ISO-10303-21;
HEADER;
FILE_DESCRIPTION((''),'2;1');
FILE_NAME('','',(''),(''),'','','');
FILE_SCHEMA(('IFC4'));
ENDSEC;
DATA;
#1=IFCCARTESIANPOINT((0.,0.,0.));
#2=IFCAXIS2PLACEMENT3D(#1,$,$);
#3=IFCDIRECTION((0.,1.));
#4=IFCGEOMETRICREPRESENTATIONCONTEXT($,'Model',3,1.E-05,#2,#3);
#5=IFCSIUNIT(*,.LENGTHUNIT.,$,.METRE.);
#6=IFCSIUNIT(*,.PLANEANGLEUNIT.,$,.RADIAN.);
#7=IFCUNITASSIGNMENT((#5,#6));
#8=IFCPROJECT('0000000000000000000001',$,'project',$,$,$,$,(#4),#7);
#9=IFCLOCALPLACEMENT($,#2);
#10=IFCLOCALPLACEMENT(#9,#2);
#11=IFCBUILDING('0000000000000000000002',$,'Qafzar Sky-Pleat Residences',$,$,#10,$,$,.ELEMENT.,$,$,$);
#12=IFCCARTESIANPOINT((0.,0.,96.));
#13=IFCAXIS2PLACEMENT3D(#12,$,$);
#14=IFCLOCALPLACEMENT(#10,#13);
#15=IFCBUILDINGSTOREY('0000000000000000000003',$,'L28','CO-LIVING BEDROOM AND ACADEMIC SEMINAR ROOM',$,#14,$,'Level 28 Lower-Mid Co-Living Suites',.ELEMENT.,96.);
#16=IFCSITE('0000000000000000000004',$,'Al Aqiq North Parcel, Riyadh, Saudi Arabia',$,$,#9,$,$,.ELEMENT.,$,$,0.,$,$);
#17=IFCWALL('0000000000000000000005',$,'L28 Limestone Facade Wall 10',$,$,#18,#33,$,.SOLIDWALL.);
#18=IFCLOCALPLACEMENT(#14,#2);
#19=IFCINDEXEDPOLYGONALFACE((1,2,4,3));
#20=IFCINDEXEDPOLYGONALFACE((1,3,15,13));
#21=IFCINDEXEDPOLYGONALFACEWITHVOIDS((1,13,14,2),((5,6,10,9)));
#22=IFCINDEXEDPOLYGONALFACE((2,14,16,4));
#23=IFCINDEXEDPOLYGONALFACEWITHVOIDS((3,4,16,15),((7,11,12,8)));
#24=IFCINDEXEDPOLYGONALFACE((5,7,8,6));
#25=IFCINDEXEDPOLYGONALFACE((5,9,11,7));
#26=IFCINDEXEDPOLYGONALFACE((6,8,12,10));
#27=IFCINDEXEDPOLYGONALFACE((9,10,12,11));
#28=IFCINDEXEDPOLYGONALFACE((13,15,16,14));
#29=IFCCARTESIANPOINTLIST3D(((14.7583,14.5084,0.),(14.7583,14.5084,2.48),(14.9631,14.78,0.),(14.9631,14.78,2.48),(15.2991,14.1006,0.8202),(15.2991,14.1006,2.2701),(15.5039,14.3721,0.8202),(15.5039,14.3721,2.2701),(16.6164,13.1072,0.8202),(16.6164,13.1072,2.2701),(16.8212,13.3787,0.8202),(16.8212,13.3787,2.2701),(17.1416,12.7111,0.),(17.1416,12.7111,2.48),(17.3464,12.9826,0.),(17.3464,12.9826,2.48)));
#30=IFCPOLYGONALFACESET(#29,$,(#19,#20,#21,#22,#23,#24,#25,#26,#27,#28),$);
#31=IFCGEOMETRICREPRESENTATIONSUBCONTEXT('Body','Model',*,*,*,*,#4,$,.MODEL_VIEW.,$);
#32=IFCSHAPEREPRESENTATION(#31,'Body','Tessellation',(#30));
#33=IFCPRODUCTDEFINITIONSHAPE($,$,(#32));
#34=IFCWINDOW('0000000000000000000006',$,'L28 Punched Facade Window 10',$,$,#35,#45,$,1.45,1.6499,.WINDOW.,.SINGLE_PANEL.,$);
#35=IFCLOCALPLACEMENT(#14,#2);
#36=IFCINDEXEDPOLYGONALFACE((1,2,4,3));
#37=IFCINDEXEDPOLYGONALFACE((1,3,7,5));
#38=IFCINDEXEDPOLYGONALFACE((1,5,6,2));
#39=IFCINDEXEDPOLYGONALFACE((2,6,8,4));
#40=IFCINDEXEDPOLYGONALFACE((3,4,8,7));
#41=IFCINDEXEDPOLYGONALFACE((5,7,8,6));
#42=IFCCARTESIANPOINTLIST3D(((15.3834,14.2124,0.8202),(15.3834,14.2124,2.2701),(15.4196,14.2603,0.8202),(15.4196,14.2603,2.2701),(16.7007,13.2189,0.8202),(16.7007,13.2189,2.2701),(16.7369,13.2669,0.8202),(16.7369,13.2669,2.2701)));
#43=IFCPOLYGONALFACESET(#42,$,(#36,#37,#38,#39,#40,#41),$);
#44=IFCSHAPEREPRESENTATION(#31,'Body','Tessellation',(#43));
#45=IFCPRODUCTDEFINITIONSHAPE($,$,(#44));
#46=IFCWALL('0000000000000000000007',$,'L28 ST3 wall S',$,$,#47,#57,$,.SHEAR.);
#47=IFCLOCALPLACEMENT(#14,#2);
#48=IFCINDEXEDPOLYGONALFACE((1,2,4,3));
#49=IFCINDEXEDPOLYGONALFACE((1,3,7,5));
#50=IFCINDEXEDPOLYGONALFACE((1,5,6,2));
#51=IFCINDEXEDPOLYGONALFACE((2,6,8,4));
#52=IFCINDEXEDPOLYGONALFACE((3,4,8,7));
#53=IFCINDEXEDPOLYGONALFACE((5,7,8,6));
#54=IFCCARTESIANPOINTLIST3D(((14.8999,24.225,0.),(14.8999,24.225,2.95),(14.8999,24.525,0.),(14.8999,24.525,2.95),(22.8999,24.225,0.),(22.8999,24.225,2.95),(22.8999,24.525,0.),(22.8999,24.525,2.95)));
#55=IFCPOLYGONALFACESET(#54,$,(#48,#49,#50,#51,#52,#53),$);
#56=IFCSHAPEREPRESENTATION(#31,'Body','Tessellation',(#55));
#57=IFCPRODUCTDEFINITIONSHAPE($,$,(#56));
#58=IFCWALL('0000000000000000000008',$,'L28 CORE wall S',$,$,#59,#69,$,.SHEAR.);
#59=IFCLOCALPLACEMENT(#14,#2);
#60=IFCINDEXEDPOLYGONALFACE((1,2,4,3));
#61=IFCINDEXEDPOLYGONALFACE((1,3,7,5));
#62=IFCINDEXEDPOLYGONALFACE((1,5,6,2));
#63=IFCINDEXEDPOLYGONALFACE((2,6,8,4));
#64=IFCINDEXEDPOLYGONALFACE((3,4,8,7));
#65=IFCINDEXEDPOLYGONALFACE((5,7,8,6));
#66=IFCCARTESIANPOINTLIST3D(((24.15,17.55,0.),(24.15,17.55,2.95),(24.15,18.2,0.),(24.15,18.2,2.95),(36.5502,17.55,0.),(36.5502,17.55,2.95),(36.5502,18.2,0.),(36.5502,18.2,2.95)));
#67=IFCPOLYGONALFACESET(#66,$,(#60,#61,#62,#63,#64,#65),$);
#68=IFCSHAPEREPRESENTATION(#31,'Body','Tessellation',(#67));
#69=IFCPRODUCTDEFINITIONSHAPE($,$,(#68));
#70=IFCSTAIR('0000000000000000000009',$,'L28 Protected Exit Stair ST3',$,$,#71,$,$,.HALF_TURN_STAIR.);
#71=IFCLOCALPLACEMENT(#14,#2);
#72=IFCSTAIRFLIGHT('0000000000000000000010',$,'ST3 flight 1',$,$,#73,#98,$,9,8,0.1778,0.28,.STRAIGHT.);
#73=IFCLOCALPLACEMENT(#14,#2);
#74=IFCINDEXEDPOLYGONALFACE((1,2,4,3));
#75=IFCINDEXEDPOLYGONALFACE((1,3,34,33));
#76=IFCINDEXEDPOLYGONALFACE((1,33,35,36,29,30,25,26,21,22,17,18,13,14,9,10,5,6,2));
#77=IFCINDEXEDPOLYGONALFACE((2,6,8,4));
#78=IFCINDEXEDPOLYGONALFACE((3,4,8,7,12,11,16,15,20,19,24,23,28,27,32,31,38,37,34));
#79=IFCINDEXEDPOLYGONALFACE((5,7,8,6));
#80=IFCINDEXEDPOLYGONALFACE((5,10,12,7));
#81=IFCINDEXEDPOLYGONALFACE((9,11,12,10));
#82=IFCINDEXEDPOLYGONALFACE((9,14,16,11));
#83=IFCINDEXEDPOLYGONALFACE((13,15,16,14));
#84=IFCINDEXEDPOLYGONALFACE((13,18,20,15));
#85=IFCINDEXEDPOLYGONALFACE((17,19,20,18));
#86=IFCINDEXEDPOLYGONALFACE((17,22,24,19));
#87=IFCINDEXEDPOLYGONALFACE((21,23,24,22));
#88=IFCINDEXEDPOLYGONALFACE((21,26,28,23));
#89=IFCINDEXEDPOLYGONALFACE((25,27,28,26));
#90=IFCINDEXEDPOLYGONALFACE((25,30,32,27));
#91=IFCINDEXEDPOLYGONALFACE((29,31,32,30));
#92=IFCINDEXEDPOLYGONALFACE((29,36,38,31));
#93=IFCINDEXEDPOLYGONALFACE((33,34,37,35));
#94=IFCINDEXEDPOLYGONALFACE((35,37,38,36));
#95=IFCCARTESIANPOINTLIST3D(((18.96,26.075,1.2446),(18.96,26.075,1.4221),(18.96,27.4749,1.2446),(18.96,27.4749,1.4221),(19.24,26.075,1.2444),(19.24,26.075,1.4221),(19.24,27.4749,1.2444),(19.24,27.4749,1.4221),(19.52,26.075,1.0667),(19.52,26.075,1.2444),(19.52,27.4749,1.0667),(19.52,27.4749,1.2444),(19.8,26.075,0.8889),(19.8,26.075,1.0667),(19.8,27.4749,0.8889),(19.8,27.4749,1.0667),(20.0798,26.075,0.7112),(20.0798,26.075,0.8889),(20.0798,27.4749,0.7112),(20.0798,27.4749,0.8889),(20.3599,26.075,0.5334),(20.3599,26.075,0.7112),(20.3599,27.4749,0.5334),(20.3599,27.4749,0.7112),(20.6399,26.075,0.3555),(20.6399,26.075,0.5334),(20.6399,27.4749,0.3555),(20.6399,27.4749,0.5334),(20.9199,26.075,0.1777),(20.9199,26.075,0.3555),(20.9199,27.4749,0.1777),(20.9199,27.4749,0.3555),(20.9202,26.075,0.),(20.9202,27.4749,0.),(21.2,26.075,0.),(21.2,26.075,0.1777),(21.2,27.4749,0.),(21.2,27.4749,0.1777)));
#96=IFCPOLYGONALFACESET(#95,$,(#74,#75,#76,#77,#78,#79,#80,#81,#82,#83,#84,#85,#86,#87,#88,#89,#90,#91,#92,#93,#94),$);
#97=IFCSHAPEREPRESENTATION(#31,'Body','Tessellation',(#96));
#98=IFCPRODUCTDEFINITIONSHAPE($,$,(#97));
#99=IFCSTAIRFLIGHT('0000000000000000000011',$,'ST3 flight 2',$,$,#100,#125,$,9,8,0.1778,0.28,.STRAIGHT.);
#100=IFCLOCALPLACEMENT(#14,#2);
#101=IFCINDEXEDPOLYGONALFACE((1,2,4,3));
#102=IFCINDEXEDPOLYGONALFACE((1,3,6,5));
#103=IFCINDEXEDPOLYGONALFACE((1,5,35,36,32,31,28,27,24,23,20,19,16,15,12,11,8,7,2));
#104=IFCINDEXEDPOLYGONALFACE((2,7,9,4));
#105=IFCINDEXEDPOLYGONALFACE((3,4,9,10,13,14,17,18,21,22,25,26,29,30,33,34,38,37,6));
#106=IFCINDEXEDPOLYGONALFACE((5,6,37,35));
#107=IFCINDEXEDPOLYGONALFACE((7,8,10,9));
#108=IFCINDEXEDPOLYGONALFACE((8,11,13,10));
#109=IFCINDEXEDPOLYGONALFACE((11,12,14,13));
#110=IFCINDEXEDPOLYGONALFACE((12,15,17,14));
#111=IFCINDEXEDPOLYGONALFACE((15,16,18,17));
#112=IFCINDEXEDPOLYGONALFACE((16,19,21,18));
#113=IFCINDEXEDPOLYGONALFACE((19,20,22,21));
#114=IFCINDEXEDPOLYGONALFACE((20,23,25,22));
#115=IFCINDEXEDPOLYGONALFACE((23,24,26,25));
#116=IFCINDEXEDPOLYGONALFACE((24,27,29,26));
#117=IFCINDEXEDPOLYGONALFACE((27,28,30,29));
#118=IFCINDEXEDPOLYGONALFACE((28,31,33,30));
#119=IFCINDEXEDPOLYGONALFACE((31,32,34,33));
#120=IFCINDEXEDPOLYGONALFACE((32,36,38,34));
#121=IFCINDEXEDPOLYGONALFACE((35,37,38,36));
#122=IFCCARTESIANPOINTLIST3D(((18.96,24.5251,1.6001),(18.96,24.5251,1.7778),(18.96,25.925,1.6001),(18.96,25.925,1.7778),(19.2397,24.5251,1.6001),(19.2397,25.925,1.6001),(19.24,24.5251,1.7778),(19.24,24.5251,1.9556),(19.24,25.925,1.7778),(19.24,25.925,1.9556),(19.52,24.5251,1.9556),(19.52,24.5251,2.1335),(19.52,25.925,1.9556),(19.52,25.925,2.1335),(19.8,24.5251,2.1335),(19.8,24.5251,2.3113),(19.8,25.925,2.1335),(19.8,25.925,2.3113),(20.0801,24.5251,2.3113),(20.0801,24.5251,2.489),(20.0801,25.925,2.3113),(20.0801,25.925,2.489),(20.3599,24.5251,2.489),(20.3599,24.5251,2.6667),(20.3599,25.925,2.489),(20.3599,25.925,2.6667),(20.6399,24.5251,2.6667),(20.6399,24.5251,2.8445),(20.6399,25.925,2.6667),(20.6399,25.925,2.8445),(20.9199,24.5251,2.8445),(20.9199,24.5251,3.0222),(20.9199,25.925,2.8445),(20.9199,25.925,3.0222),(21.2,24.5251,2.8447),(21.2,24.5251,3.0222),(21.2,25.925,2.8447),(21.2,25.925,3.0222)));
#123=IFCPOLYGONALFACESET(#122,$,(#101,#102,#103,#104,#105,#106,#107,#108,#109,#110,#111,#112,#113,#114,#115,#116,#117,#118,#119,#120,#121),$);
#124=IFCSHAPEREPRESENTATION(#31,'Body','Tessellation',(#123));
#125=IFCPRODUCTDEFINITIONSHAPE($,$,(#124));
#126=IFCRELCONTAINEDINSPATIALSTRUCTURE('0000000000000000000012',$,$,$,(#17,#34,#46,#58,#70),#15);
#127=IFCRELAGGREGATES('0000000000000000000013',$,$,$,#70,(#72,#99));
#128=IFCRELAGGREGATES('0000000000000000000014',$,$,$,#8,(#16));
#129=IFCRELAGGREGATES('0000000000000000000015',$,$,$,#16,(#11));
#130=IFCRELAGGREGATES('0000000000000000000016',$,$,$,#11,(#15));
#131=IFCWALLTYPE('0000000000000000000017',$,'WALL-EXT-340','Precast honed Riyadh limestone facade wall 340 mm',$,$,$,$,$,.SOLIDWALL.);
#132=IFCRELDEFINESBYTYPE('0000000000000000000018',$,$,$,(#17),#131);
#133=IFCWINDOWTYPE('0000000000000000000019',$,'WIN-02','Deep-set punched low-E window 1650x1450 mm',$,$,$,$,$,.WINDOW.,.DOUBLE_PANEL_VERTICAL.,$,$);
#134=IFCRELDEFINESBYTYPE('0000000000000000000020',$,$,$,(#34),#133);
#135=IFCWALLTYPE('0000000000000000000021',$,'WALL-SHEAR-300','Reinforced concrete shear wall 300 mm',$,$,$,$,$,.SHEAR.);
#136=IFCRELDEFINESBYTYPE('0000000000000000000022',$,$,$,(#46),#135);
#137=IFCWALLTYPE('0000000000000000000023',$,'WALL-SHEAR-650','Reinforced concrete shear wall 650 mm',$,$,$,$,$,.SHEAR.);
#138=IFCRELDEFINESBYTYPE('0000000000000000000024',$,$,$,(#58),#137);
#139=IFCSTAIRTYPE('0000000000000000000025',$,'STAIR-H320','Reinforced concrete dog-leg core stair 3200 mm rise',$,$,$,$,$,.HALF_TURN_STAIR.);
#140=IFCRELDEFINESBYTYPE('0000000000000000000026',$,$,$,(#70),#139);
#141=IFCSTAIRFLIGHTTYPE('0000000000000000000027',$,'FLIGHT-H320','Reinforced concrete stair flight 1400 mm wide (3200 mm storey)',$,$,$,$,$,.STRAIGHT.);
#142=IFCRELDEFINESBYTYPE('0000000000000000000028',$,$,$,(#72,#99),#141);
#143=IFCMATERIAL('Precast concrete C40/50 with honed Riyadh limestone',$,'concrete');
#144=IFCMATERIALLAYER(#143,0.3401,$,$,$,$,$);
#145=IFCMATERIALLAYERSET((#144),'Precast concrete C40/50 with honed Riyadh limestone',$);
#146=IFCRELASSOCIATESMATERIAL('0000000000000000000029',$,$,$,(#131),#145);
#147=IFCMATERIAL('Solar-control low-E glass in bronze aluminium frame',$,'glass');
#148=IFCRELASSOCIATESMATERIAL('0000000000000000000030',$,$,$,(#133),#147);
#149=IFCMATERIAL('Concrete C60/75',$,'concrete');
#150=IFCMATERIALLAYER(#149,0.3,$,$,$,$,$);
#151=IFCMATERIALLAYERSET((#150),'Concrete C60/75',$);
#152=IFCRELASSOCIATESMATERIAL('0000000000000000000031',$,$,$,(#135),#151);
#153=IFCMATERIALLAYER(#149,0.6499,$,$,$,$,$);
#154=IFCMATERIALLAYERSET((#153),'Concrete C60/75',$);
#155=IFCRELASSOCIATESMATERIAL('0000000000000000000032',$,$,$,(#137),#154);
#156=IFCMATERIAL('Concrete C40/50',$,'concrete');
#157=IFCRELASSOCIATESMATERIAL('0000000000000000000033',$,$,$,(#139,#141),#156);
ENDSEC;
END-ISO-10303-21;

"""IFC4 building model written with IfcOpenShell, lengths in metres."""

from ifc_helpers import new_model, si_unit, direction, frame, frame_2d, origin, place, context, subcontext, project, spatial, polyline, rectangle, outline, extrude, source, transform, mapped, material, layer, layer_set, type_object, element, fill, aggregate, save


model = new_model("IFC4")

# Units and contexts
model_context = context("Model", 3, precision=1e-05, world=origin(), true_north=direction((0.0, 1.0)))
body_context = subcontext(model_context, "Body", "Model", "MODEL_VIEW")
ifc_project = project(units=[si_unit("LENGTHUNIT", "METRE"), si_unit("PLANEANGLEUNIT", "RADIAN")], contexts=[model_context])

# Site, building, storey
site_placement = place(None, origin())
site = spatial("IfcSite", under=ifc_project, at=site_placement, Name="Al Aqiq North Parcel, Riyadh, Saudi Arabia", CompositionType="ELEMENT", RefElevation=0.0)
building_placement = place(site_placement, origin())
building = spatial("IfcBuilding", under=site, at=building_placement, Name="Qafzar Sky-Pleat Residences", CompositionType="ELEMENT")
storey_placement = place(building_placement, frame((0.0, 0.0, 96.0)))
storey = spatial("IfcBuildingStorey", under=building, at=storey_placement, Name="L28", Description="CO-LIVING BEDROOM AND ACADEMIC SEMINAR ROOM", LongName="Level 28 Lower-Mid Co-Living Suites", CompositionType="ELEMENT", Elevation=96.0)

# Wall, opening, window
ifc_material_1 = material(Name="Precast concrete C40/50 with honed Riyadh limestone", Category="concrete")
ifc_layer_1 = layer(ifc_material_1, 0.3401)
ifc_layer_set_1 = layer_set([ifc_layer_1], Name="Precast concrete C40/50 with honed Riyadh limestone")
wall_type_1 = type_object("IfcWallType", Name="WALL-EXT-340", Description="Precast honed Riyadh limestone facade wall 340 mm", PredefinedType="SOLIDWALL", material=ifc_layer_set_1)
wall_1_placement = place(storey_placement, frame((14.8606, 14.6443, 0.0), z_axis=(0.0, 0.0, 1.0), x_axis=(0.798407, -0.602118, 0.0)))
wall_1 = element("IfcWall", 1, at=wall_1_placement, inside=storey, type_object=wall_type_1, Name="L28 Limestone Facade Wall 10", PredefinedType="SOLIDWALL", context=body_context, shape_type="SweptSolid", body=[
    extrude(rectangle(XDim=2.9851, YDim=0.3401, at=frame_2d((1.4927, 0.0))), origin(), (0.0, 0.0, 1.0), 2.48),
])
opening_1_placement = place(wall_1_placement, frame((0.6775, 0.0, 0.8201)))
opening_1 = element("IfcOpeningElement", 2, at=opening_1_placement, cuts=wall_1, PredefinedType="OPENING", context=body_context, shape_type="SweptSolid", body=[
    extrude(rectangle(XDim=1.6499, YDim=1.45, at=frame_2d((0.825, 0.7251))), frame((0.0, 0.1802, 0.0), z_axis=(0.0, -1.0, 0.0), x_axis=(1.0, 0.0, 0.0)), (0.0, 0.0, 1.0), 0.3601),
])
ifc_material_2 = material(Name="Solar-control low-E glass in bronze aluminium frame", Category="glass")
window_type = type_object("IfcWindowType", Name="WIN-02", Description="Deep-set punched low-E window 1650x1450 mm", PartitioningType="DOUBLE_PANEL_VERTICAL", PredefinedType="WINDOW", material=ifc_material_2)
shared_shape_1 = source(origin(), body_context, "Body", "SweptSolid", [
    extrude(rectangle(XDim=1.6499, YDim=1.45, at=frame_2d((0.825, 0.7251))), frame((0.0, 0.03, 0.0), z_axis=(0.0, -1.0, 0.0), x_axis=(1.0, 0.0, 0.0)), (0.0, 0.0, 1.0), 0.0601),
])
window_placement = place(opening_1_placement, origin())
window = element("IfcWindow", 3, at=window_placement, inside=storey, type_object=window_type, Name="L28 Punched Facade Window 10", OverallHeight=1.45, OverallWidth=1.6499, PartitioningType="SINGLE_PANEL", PredefinedType="WINDOW", context=body_context, shape_type="MappedRepresentation", body=[
    mapped(shared_shape_1, transform((0.0, 0.0, 0.0), x_axis=(1.0, 0.0, 0.0), y_axis=(0.0, 1.0, 0.0), z_axis=(0.0, 0.0, 1.0), scale=1.0)),
])
fill(opening_1, window)

# Shared definitions
ifc_material_3 = material(Name="Concrete C60/75", Category="concrete")
ifc_layer_2 = layer(ifc_material_3, 0.3)
ifc_layer_set_2 = layer_set([ifc_layer_2], Name="Concrete C60/75")
wall_type_2 = type_object("IfcWallType", Name="WALL-SHEAR-300", Description="Reinforced concrete shear wall 300 mm", PredefinedType="SHEAR", material=ifc_layer_set_2)

# Wall
wall_2_placement = place(storey_placement, frame((14.8999, 24.375, 0.0), z_axis=(0.0, 0.0, 1.0), x_axis=(1.0, 0.0, 0.0)))
element("IfcWall", 4, at=wall_2_placement, inside=storey, type_object=wall_type_2, Name="L28 ST3 wall S", PredefinedType="SHEAR", context=body_context, shape_type="SweptSolid", body=[
    extrude(rectangle(XDim=8.0, YDim=0.3, at=frame_2d((4.0, 0.0))), origin(), (0.0, 0.0, 1.0), 2.95),
])

# Wall
ifc_layer_3 = layer(ifc_material_3, 0.6499)
ifc_layer_set_3 = layer_set([ifc_layer_3], Name="Concrete C60/75")
wall_type_3 = type_object("IfcWallType", Name="WALL-SHEAR-650", Description="Reinforced concrete shear wall 650 mm", PredefinedType="SHEAR", material=ifc_layer_set_3)
wall_3_placement = place(storey_placement, frame((24.1499, 17.875, 0.0), z_axis=(0.0, 0.0, 1.0), x_axis=(1.0, 0.0, 0.0)))
element("IfcWall", 5, at=wall_3_placement, inside=storey, type_object=wall_type_3, Name="L28 CORE wall S", PredefinedType="SHEAR", context=body_context, shape_type="SweptSolid", body=[
    extrude(rectangle(XDim=12.4001, YDim=0.6499, at=frame_2d((6.2002, 0.0))), origin(), (0.0, 0.0, 1.0), 2.95),
])

# Stair, stair flights
ifc_material_4 = material(Name="Concrete C40/50", Category="concrete")
stair_type = type_object("IfcStairType", Name="STAIR-H320", Description="Reinforced concrete dog-leg core stair 3200 mm rise", PredefinedType="HALF_TURN_STAIR", material=ifc_material_4)
stair_placement = place(storey_placement, origin())
stair = element("IfcStair", 6, at=stair_placement, inside=storey, type_object=stair_type, Name="L28 Protected Exit Stair ST3", PredefinedType="HALF_TURN_STAIR")
stair_flight_type = type_object("IfcStairFlightType", Name="FLIGHT-H320", Description="Reinforced concrete stair flight 1400 mm wide (3200 mm storey)", PredefinedType="STRAIGHT", material=ifc_material_4)
shared_shape_2 = source(origin(), body_context, "Body", "SweptSolid", [
    extrude(outline(polyline([(0.0, 0.0), (0.0, 0.1777), (0.28, 0.1777), (0.28, 0.3555), (0.5601, 0.3555), (0.5601, 0.5334), (0.8401, 0.5334), (0.8401, 0.7112), (1.1201, 0.7112), (1.1201, 0.8889), (1.3999, 0.8889), (1.3999, 1.0667), (1.6799, 1.0667), (1.6799, 1.2444), (1.96, 1.2444), (1.96, 1.4221), (2.24, 1.4221), (2.24, 1.6001), (2.24, 1.2446), (0.2798, 0.0), (0.0, 0.0)])), frame((0.0, 0.7, 0.0), z_axis=(0.0, -1.0, 0.0), x_axis=(1.0, 0.0, 0.0)), (0.0, 0.0, 1.0), 1.3999),
])
stair_flight_1_placement = place(storey_placement, frame((21.2, 26.7749, 0.0), z_axis=(0.0, 0.0, 1.0), x_axis=(-1.0, 0.0, 0.0)))
stair_flight_1 = element("IfcStairFlight", 7, at=stair_flight_1_placement, type_object=stair_flight_type, Name="ST3 flight 1", NumberOfRisers=9, NumberOfTreads=8, PredefinedType="STRAIGHT", RiserHeight=0.1778, TreadLength=0.28, context=body_context, shape_type="MappedRepresentation", body=[
    mapped(shared_shape_2, transform((0.0, 0.0, 0.0), x_axis=(1.0, 0.0, 0.0), y_axis=(0.0, 1.0, 0.0), z_axis=(0.0, 0.0, 1.0), scale=1.0)),
])
stair_flight_2_placement = place(storey_placement, frame((18.96, 25.2251, 1.6001), z_axis=(0.0, 0.0, 1.0), x_axis=(1.0, 0.0, 0.0)))
stair_flight_2 = element("IfcStairFlight", 8, at=stair_flight_2_placement, type_object=stair_flight_type, Name="ST3 flight 2", NumberOfRisers=9, NumberOfTreads=8, PredefinedType="STRAIGHT", RiserHeight=0.1778, TreadLength=0.28, context=body_context, shape_type="MappedRepresentation", body=[
    mapped(shared_shape_2, transform((0.0, 0.0, 0.0), x_axis=(1.0, 0.0, 0.0), y_axis=(0.0, 1.0, 0.0), z_axis=(0.0, 0.0, 1.0), scale=1.0)),
])
aggregate(stair, [stair_flight_1, stair_flight_2])

save(model, "model.ifc")
